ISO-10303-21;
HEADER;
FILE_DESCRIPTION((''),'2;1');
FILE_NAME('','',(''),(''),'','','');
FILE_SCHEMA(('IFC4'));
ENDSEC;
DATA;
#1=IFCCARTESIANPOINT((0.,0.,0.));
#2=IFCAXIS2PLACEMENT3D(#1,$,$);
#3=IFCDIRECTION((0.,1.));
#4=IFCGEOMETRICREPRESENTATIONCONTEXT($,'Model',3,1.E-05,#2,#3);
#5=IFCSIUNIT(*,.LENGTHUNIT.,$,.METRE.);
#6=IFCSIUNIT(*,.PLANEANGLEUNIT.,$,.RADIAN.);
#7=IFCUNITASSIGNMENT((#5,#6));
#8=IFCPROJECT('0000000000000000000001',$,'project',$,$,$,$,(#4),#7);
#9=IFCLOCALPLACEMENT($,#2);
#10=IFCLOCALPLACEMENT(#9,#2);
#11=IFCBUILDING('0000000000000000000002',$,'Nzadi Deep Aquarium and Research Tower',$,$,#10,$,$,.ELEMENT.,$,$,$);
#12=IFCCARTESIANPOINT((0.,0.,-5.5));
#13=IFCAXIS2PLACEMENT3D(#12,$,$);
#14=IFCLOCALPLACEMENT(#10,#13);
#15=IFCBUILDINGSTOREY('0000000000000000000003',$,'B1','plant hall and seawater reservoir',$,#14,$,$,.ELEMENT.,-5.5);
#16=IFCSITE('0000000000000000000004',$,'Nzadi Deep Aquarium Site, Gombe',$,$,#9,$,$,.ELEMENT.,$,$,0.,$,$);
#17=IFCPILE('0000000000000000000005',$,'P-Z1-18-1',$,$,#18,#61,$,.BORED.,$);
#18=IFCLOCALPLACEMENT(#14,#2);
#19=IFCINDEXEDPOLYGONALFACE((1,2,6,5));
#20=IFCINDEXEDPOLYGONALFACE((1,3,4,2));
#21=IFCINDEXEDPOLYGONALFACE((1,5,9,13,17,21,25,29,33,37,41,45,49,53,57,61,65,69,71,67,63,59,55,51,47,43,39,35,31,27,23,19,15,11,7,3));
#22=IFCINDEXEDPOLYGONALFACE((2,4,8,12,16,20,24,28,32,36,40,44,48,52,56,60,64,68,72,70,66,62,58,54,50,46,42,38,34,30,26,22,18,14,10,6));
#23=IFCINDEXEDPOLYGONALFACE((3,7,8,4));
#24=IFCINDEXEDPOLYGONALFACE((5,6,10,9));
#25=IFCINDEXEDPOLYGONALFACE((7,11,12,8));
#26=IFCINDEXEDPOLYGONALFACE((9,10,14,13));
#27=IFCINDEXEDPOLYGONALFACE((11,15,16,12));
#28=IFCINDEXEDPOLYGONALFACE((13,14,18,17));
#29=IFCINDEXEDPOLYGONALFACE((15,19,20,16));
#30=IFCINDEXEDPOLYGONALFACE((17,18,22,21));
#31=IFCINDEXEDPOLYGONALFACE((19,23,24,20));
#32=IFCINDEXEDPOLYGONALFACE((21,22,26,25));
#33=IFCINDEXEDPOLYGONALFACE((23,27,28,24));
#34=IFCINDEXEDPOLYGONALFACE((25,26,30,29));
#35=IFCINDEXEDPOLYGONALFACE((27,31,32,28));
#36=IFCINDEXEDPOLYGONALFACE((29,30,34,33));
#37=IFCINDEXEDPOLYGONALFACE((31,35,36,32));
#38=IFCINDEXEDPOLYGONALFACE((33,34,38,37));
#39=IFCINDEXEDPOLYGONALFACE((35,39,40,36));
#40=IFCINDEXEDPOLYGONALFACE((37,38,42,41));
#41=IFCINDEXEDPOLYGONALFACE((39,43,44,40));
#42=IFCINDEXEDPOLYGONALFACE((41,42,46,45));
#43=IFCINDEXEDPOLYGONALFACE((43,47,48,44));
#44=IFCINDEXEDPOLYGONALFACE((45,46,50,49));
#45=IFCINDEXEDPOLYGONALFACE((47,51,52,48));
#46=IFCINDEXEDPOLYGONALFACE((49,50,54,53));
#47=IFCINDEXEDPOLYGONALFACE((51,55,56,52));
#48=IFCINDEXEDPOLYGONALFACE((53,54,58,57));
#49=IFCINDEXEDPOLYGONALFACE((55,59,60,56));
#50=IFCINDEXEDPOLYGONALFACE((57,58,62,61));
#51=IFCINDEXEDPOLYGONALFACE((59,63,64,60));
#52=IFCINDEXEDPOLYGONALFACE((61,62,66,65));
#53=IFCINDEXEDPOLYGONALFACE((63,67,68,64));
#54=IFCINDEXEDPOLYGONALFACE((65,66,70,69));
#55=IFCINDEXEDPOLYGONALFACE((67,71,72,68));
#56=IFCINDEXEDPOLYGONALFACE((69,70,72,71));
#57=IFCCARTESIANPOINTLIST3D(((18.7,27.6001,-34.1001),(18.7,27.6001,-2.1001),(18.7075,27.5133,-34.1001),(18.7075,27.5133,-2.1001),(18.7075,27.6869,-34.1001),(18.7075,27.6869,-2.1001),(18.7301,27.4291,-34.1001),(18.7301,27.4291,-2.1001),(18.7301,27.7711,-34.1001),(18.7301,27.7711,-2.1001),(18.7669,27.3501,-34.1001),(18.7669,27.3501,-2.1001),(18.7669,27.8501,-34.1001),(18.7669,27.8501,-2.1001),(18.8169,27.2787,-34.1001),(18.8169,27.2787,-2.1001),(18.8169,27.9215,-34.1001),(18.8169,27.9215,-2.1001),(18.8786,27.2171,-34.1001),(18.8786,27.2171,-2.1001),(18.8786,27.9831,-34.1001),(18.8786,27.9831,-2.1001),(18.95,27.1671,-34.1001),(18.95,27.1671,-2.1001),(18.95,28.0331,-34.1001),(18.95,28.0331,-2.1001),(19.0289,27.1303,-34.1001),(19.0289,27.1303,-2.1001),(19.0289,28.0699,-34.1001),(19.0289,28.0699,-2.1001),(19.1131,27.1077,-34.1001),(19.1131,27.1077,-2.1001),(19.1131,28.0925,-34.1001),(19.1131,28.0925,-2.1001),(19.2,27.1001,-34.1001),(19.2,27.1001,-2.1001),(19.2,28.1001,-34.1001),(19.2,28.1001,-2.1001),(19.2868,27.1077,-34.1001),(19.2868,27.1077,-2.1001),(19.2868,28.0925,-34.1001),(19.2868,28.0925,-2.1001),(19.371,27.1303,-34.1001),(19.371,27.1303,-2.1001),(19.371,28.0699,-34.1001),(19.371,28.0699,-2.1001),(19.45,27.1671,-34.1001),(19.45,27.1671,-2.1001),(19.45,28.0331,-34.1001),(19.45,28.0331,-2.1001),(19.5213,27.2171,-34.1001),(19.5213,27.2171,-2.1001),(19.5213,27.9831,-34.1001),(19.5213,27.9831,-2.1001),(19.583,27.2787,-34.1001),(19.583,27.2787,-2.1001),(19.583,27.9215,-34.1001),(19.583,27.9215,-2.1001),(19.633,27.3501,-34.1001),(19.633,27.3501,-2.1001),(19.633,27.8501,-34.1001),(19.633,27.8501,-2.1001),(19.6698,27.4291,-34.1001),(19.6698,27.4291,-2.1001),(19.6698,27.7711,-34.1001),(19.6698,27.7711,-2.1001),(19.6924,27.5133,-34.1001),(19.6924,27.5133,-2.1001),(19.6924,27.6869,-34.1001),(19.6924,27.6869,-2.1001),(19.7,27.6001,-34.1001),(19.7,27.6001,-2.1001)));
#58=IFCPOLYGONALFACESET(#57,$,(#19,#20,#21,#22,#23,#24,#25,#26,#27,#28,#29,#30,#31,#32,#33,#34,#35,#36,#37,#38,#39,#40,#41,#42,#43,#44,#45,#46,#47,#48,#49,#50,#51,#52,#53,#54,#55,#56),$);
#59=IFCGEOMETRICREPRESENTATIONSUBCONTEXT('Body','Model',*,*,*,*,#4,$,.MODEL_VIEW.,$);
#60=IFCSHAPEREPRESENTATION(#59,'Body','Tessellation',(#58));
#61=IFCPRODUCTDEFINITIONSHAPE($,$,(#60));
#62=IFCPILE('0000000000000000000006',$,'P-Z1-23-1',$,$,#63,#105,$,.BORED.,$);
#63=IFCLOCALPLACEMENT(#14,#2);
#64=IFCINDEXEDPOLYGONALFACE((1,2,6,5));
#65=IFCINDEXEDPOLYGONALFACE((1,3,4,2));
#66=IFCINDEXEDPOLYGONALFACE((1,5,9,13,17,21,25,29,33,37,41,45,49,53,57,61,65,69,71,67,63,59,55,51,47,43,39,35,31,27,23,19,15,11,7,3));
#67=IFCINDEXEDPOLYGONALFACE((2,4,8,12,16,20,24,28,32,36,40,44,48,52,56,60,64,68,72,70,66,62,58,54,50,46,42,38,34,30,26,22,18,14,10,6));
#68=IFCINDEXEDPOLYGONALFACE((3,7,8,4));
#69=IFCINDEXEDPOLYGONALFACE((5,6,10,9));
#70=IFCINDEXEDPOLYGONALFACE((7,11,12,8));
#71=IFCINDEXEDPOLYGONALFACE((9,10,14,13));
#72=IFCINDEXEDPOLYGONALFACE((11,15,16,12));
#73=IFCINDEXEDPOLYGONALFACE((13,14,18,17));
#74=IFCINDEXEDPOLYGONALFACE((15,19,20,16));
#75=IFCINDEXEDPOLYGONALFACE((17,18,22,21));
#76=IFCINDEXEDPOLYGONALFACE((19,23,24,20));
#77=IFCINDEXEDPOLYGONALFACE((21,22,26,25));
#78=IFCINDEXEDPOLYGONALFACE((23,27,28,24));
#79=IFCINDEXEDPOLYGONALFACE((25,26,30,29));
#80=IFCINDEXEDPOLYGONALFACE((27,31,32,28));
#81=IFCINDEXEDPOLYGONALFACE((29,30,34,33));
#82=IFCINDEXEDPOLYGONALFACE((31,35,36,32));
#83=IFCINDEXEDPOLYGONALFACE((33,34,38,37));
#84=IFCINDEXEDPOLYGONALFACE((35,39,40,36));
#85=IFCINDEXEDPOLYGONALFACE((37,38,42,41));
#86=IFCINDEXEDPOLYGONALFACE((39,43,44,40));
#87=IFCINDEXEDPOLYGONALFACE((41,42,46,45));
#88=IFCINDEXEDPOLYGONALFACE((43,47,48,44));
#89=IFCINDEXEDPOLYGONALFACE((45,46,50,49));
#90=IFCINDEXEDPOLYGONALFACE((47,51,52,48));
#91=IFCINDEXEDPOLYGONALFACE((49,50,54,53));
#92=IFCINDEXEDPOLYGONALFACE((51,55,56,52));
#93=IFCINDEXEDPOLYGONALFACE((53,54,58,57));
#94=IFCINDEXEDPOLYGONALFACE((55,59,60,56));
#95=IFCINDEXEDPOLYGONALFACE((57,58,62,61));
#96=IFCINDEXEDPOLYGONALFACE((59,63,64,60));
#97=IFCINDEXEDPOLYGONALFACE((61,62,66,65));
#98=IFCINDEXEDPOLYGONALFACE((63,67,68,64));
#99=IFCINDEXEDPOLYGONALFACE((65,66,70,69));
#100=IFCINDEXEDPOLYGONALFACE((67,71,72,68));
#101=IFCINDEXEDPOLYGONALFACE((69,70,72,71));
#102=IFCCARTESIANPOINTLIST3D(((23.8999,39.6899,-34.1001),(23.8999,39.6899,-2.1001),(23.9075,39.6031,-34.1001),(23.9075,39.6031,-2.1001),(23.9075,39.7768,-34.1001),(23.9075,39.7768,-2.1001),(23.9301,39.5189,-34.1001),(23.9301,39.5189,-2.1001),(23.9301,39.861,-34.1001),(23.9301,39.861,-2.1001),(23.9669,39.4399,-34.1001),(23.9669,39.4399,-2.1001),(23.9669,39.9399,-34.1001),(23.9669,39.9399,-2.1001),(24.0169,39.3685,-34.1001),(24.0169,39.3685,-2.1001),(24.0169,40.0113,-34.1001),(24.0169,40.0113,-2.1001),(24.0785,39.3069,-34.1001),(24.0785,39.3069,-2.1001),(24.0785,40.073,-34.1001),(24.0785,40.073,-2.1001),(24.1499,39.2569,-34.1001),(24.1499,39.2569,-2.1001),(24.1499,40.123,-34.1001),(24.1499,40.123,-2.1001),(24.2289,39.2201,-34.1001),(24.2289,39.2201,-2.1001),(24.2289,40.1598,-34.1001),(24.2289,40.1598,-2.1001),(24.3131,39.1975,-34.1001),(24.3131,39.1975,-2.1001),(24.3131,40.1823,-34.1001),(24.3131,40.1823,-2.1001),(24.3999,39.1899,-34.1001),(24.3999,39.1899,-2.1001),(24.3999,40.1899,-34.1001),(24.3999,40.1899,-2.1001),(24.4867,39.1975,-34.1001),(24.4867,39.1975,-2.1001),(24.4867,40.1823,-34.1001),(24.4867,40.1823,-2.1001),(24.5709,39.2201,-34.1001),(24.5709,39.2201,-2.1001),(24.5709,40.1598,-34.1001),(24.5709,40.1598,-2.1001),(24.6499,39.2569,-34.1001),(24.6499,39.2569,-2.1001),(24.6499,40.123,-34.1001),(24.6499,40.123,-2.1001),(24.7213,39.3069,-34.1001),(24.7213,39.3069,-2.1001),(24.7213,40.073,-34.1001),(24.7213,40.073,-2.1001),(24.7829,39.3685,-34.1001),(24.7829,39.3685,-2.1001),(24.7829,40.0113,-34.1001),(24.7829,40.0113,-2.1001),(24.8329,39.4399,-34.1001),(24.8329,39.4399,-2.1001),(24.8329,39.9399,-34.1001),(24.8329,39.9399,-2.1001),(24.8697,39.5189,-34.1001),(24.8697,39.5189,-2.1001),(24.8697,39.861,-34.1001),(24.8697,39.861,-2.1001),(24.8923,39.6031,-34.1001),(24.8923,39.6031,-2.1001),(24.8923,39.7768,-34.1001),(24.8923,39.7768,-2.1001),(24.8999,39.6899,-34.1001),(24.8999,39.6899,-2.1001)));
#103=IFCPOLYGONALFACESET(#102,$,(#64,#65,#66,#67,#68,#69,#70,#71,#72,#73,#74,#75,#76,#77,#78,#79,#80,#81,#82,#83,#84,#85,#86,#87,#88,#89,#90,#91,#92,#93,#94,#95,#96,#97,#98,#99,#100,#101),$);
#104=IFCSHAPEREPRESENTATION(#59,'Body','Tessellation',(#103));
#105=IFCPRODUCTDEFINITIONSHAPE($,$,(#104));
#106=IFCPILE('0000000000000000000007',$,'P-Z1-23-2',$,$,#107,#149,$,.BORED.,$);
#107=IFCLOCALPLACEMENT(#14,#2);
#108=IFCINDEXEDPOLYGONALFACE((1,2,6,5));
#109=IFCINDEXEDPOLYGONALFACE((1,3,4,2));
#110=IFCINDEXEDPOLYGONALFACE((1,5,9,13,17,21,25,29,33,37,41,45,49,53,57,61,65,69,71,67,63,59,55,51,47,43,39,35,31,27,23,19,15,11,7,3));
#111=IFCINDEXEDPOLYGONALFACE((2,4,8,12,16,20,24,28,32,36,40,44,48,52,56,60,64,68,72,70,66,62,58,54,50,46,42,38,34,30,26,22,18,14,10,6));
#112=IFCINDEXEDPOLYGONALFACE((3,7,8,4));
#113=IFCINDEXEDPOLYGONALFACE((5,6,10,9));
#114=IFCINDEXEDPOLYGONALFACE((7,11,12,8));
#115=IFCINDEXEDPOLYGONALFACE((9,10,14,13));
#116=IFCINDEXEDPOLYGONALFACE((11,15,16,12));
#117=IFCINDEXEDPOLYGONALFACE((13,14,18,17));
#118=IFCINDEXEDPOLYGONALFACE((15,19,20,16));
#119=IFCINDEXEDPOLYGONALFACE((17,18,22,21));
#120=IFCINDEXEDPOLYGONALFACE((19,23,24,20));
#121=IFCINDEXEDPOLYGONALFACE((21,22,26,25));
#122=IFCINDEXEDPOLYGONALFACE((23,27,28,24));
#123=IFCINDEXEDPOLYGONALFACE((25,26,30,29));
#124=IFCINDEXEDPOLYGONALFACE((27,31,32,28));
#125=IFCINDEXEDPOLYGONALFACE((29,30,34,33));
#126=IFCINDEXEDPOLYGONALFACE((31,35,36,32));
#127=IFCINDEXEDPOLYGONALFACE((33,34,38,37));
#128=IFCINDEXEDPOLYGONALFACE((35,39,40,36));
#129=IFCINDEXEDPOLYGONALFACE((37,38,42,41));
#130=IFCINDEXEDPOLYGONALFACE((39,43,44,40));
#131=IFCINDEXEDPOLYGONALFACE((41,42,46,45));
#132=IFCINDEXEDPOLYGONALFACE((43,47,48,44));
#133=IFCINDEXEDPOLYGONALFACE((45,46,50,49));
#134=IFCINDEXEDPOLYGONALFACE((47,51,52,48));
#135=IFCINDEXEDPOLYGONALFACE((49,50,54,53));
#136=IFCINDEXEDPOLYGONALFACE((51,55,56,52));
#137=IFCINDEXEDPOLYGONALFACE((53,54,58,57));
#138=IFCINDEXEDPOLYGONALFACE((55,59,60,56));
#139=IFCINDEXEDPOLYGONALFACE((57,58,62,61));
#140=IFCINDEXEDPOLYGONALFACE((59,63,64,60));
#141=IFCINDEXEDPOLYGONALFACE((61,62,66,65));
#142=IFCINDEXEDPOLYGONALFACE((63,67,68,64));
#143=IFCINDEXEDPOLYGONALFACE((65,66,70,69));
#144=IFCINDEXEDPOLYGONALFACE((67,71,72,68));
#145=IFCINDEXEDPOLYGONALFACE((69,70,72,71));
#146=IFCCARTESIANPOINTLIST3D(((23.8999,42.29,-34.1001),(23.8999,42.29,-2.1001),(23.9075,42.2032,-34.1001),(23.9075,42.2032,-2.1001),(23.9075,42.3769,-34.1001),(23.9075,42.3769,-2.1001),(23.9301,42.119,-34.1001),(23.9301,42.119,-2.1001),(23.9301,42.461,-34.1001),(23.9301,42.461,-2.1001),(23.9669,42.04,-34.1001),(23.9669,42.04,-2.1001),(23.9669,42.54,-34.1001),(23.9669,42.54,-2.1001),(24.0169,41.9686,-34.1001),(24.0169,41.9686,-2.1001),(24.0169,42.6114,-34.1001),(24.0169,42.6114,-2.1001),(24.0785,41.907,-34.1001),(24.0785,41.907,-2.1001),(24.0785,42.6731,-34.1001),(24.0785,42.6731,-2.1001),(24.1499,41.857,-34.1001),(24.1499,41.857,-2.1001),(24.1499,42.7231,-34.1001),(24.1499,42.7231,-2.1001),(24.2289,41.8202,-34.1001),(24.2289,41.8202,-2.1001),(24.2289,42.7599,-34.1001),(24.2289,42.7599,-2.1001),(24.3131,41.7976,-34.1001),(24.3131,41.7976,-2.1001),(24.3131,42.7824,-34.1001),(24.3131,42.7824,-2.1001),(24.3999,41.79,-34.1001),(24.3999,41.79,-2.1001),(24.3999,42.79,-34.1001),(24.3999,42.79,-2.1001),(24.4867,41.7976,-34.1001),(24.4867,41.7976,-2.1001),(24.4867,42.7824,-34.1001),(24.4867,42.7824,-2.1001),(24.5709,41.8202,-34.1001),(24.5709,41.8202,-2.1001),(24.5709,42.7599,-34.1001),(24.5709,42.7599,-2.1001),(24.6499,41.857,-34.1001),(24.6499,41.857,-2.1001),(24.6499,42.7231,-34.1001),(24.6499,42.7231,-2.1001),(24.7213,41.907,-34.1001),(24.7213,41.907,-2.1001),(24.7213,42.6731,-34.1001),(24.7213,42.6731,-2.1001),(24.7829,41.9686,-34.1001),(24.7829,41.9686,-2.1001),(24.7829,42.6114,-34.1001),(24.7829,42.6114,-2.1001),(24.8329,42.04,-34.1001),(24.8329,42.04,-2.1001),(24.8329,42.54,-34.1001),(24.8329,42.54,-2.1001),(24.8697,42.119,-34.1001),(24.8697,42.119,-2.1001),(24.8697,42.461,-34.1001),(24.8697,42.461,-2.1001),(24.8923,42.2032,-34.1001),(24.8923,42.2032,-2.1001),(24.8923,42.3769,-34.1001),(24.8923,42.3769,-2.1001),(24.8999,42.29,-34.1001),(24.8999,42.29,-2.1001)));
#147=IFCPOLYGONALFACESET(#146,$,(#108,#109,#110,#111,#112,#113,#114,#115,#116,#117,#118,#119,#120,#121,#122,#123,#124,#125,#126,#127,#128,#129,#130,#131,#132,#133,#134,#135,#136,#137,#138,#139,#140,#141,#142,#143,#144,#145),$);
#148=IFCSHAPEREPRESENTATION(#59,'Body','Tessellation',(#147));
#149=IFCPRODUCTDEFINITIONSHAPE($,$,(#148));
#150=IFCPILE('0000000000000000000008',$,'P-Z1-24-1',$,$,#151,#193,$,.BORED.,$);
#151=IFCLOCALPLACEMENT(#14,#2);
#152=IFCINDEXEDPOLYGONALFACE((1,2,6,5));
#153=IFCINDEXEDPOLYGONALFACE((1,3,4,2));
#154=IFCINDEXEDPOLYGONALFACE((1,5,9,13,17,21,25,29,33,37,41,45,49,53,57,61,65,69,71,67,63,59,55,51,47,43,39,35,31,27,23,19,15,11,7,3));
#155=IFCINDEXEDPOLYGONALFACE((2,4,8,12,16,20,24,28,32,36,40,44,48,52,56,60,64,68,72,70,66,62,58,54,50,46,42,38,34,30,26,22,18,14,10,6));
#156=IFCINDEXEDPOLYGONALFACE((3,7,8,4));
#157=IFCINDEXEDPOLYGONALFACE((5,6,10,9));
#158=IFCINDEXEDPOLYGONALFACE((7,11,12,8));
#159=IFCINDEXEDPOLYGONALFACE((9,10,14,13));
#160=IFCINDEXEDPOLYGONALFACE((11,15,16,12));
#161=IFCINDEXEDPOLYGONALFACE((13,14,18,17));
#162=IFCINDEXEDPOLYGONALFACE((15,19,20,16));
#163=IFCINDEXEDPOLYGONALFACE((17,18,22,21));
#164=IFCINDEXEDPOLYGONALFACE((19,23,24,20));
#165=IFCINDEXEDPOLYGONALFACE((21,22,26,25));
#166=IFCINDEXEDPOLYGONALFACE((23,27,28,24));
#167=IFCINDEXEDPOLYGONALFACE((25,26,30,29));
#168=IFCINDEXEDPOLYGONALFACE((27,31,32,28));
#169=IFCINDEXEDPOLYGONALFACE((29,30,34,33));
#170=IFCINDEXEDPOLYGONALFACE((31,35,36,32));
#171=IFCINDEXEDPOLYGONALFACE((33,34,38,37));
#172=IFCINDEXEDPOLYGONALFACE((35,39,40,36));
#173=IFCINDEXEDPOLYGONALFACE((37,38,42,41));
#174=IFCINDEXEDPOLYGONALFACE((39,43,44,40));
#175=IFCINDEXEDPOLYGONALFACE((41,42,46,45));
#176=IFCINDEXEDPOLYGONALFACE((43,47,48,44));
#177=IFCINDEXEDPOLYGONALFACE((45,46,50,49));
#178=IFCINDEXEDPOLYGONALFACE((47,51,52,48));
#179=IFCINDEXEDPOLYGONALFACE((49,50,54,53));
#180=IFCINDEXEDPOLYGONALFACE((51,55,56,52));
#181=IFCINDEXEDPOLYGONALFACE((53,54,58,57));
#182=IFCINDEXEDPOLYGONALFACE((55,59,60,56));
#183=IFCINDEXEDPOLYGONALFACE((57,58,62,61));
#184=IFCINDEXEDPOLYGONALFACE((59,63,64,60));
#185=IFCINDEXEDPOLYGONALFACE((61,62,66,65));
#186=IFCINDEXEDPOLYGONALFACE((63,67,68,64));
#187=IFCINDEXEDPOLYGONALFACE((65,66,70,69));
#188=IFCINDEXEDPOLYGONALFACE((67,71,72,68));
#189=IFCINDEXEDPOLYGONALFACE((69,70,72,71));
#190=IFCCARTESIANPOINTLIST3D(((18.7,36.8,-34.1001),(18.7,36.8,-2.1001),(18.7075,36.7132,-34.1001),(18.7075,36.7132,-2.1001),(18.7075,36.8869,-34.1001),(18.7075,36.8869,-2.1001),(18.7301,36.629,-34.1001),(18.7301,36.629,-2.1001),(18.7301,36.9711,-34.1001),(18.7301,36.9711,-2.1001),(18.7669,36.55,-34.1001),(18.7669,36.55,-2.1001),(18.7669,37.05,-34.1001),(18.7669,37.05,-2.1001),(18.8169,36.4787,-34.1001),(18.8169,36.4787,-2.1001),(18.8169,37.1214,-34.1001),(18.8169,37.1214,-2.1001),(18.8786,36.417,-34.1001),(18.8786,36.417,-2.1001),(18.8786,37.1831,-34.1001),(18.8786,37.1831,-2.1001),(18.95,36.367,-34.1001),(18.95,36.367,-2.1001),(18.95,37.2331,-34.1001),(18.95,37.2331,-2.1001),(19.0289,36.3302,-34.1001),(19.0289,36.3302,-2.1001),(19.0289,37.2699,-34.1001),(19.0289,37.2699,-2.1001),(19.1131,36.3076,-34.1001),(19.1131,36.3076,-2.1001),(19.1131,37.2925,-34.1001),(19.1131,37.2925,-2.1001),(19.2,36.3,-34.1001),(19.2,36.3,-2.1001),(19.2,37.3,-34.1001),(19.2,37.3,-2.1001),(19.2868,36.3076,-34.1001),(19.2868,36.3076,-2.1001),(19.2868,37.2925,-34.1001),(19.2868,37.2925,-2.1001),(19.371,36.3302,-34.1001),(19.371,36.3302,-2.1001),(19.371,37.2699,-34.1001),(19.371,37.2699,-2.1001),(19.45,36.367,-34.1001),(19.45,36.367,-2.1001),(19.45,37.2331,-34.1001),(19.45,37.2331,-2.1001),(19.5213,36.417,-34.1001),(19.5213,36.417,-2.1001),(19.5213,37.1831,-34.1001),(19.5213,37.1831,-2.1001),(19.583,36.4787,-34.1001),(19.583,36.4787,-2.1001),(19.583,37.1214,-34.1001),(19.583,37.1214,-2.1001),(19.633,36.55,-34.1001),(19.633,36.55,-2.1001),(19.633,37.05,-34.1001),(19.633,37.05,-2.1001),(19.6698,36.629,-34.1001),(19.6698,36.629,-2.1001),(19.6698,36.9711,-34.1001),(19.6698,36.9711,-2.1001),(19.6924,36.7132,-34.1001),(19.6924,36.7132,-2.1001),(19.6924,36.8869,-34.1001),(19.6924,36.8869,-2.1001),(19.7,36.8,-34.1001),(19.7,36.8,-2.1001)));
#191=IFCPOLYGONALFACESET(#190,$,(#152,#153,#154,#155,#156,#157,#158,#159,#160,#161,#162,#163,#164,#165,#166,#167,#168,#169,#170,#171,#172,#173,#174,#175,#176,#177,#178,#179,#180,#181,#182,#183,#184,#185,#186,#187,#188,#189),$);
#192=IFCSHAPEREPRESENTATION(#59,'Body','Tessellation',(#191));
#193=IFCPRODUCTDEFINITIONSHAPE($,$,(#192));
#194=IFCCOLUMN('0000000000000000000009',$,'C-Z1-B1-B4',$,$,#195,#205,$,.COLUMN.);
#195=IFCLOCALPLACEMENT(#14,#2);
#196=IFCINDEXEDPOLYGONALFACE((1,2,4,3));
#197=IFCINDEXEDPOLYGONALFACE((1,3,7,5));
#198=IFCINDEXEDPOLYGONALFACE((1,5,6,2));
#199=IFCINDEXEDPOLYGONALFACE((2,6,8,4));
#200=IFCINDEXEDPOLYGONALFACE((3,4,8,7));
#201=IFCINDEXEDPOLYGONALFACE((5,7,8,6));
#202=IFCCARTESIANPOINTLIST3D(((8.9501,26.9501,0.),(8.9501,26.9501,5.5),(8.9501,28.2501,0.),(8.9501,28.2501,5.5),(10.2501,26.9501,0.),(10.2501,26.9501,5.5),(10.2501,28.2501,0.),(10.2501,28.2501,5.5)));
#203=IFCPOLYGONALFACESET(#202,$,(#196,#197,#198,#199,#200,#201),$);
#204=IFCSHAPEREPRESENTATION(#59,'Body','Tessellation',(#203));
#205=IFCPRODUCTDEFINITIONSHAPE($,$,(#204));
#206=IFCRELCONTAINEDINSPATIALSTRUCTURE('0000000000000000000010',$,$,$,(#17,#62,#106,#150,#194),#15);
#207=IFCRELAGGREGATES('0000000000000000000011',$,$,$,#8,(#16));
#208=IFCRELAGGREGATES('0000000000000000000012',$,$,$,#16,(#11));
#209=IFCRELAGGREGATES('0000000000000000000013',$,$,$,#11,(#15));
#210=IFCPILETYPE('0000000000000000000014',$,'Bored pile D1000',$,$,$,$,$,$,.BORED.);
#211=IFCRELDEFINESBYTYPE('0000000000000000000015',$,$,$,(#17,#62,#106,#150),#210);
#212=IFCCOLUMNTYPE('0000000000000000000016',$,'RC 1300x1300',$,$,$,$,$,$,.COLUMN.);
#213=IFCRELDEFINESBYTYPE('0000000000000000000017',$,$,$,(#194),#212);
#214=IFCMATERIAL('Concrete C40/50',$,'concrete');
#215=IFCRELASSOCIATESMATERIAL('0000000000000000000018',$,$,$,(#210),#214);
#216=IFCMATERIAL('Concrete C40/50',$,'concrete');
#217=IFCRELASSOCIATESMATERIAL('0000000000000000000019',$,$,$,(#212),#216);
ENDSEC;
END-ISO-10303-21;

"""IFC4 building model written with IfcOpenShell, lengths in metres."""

from ifc_helpers import new_model, si_unit, direction, frame, origin, origin_2d, place, context, subcontext, project, spatial, rectangle, circle, extrude, material, material_profile, profile_set, type_object, element, save


model = new_model("IFC4")

# Units and contexts
model_context = context("Model", 3, precision=1e-05, world=origin(), true_north=direction((0.0, 1.0)))
body_context = subcontext(model_context, "Body", "Model", "MODEL_VIEW")
ifc_project = project(units=[si_unit("LENGTHUNIT", "METRE"), si_unit("PLANEANGLEUNIT", "RADIAN")], contexts=[model_context])

# Site, building, storey
site_placement = place(None, origin())
site = spatial("IfcSite", under=ifc_project, at=site_placement, Name="Nzadi Deep Aquarium Site, Gombe", CompositionType="ELEMENT", RefElevation=0.0)
building_placement = place(site_placement, origin())
building = spatial("IfcBuilding", under=site, at=building_placement, Name="Nzadi Deep Aquarium and Research Tower", CompositionType="ELEMENT")
storey_placement = place(building_placement, frame((0.0, 0.0, -5.5)))
storey = spatial("IfcBuildingStorey", under=building, at=storey_placement, Name="B1", Description="plant hall and seawater reservoir", CompositionType="ELEMENT", Elevation=-5.5)

# Piles
ifc_material_1 = material(Name="Concrete C40/50", Category="concrete")
ifc_material_profile_1 = material_profile(ifc_material_1, circle(Radius=0.5, at=origin_2d()))
ifc_profile_set_1 = profile_set([ifc_material_profile_1], Name="Concrete C40/50")
pile_type = type_object("IfcPileType", Name="Bored pile D1000", PredefinedType="BORED", material=ifc_profile_set_1)
for number, where, z_axis, x_axis, name in (
    (1, (19.2, 27.6001, -2.1001), (0.0, 0.0, -1.0), (1.0, 0.0, 0.0), "P-Z1-18-1"),
    (2, (24.3999, 39.6899, -2.1001), (0.0, 0.0, -1.0), (1.0, 0.0, 0.0), "P-Z1-23-1"),
    (3, (24.3999, 42.29, -2.1001), (0.0, 0.0, -1.0), (1.0, 0.0, 0.0), "P-Z1-23-2"),
    (4, (19.2, 36.8, -2.1001), (0.0, 0.0, -1.0), (1.0, 0.0, 0.0), "P-Z1-24-1"),
):
    element("IfcPile", number, at=place(storey_placement, frame(where, z_axis=z_axis, x_axis=x_axis)), inside=storey, type_object=pile_type, Name=name, PredefinedType="BORED", context=body_context, shape_type="SweptSolid", body=[
        extrude(circle(Radius=0.5, at=origin_2d()), origin(), (0.0, 0.0, 1.0), 32.0),
    ])

# Column
ifc_material_2 = material(Name="Concrete C40/50", Category="concrete")
ifc_material_profile_2 = material_profile(ifc_material_2, rectangle(XDim=1.3, YDim=1.3, at=origin_2d()))
ifc_profile_set_2 = profile_set([ifc_material_profile_2], Name="Concrete C40/50")
column_type = type_object("IfcColumnType", Name="RC 1300x1300", PredefinedType="COLUMN", material=ifc_profile_set_2)
for number, where, z_axis, x_axis, name in (
    (5, (9.6001, 27.6001, 0.0), (0.0, 0.0, 1.0), (1.0, 0.0, 0.0), "C-Z1-B1-B4"),
):
    element("IfcColumn", number, at=place(storey_placement, frame(where, z_axis=z_axis, x_axis=x_axis)), inside=storey, type_object=column_type, Name=name, PredefinedType="COLUMN", context=body_context, shape_type="SweptSolid", body=[
        extrude(rectangle(XDim=1.3, YDim=1.3, at=origin_2d()), origin(), (0.0, 0.0, 1.0), 5.5),
    ])

save(model, "model.ifc")
